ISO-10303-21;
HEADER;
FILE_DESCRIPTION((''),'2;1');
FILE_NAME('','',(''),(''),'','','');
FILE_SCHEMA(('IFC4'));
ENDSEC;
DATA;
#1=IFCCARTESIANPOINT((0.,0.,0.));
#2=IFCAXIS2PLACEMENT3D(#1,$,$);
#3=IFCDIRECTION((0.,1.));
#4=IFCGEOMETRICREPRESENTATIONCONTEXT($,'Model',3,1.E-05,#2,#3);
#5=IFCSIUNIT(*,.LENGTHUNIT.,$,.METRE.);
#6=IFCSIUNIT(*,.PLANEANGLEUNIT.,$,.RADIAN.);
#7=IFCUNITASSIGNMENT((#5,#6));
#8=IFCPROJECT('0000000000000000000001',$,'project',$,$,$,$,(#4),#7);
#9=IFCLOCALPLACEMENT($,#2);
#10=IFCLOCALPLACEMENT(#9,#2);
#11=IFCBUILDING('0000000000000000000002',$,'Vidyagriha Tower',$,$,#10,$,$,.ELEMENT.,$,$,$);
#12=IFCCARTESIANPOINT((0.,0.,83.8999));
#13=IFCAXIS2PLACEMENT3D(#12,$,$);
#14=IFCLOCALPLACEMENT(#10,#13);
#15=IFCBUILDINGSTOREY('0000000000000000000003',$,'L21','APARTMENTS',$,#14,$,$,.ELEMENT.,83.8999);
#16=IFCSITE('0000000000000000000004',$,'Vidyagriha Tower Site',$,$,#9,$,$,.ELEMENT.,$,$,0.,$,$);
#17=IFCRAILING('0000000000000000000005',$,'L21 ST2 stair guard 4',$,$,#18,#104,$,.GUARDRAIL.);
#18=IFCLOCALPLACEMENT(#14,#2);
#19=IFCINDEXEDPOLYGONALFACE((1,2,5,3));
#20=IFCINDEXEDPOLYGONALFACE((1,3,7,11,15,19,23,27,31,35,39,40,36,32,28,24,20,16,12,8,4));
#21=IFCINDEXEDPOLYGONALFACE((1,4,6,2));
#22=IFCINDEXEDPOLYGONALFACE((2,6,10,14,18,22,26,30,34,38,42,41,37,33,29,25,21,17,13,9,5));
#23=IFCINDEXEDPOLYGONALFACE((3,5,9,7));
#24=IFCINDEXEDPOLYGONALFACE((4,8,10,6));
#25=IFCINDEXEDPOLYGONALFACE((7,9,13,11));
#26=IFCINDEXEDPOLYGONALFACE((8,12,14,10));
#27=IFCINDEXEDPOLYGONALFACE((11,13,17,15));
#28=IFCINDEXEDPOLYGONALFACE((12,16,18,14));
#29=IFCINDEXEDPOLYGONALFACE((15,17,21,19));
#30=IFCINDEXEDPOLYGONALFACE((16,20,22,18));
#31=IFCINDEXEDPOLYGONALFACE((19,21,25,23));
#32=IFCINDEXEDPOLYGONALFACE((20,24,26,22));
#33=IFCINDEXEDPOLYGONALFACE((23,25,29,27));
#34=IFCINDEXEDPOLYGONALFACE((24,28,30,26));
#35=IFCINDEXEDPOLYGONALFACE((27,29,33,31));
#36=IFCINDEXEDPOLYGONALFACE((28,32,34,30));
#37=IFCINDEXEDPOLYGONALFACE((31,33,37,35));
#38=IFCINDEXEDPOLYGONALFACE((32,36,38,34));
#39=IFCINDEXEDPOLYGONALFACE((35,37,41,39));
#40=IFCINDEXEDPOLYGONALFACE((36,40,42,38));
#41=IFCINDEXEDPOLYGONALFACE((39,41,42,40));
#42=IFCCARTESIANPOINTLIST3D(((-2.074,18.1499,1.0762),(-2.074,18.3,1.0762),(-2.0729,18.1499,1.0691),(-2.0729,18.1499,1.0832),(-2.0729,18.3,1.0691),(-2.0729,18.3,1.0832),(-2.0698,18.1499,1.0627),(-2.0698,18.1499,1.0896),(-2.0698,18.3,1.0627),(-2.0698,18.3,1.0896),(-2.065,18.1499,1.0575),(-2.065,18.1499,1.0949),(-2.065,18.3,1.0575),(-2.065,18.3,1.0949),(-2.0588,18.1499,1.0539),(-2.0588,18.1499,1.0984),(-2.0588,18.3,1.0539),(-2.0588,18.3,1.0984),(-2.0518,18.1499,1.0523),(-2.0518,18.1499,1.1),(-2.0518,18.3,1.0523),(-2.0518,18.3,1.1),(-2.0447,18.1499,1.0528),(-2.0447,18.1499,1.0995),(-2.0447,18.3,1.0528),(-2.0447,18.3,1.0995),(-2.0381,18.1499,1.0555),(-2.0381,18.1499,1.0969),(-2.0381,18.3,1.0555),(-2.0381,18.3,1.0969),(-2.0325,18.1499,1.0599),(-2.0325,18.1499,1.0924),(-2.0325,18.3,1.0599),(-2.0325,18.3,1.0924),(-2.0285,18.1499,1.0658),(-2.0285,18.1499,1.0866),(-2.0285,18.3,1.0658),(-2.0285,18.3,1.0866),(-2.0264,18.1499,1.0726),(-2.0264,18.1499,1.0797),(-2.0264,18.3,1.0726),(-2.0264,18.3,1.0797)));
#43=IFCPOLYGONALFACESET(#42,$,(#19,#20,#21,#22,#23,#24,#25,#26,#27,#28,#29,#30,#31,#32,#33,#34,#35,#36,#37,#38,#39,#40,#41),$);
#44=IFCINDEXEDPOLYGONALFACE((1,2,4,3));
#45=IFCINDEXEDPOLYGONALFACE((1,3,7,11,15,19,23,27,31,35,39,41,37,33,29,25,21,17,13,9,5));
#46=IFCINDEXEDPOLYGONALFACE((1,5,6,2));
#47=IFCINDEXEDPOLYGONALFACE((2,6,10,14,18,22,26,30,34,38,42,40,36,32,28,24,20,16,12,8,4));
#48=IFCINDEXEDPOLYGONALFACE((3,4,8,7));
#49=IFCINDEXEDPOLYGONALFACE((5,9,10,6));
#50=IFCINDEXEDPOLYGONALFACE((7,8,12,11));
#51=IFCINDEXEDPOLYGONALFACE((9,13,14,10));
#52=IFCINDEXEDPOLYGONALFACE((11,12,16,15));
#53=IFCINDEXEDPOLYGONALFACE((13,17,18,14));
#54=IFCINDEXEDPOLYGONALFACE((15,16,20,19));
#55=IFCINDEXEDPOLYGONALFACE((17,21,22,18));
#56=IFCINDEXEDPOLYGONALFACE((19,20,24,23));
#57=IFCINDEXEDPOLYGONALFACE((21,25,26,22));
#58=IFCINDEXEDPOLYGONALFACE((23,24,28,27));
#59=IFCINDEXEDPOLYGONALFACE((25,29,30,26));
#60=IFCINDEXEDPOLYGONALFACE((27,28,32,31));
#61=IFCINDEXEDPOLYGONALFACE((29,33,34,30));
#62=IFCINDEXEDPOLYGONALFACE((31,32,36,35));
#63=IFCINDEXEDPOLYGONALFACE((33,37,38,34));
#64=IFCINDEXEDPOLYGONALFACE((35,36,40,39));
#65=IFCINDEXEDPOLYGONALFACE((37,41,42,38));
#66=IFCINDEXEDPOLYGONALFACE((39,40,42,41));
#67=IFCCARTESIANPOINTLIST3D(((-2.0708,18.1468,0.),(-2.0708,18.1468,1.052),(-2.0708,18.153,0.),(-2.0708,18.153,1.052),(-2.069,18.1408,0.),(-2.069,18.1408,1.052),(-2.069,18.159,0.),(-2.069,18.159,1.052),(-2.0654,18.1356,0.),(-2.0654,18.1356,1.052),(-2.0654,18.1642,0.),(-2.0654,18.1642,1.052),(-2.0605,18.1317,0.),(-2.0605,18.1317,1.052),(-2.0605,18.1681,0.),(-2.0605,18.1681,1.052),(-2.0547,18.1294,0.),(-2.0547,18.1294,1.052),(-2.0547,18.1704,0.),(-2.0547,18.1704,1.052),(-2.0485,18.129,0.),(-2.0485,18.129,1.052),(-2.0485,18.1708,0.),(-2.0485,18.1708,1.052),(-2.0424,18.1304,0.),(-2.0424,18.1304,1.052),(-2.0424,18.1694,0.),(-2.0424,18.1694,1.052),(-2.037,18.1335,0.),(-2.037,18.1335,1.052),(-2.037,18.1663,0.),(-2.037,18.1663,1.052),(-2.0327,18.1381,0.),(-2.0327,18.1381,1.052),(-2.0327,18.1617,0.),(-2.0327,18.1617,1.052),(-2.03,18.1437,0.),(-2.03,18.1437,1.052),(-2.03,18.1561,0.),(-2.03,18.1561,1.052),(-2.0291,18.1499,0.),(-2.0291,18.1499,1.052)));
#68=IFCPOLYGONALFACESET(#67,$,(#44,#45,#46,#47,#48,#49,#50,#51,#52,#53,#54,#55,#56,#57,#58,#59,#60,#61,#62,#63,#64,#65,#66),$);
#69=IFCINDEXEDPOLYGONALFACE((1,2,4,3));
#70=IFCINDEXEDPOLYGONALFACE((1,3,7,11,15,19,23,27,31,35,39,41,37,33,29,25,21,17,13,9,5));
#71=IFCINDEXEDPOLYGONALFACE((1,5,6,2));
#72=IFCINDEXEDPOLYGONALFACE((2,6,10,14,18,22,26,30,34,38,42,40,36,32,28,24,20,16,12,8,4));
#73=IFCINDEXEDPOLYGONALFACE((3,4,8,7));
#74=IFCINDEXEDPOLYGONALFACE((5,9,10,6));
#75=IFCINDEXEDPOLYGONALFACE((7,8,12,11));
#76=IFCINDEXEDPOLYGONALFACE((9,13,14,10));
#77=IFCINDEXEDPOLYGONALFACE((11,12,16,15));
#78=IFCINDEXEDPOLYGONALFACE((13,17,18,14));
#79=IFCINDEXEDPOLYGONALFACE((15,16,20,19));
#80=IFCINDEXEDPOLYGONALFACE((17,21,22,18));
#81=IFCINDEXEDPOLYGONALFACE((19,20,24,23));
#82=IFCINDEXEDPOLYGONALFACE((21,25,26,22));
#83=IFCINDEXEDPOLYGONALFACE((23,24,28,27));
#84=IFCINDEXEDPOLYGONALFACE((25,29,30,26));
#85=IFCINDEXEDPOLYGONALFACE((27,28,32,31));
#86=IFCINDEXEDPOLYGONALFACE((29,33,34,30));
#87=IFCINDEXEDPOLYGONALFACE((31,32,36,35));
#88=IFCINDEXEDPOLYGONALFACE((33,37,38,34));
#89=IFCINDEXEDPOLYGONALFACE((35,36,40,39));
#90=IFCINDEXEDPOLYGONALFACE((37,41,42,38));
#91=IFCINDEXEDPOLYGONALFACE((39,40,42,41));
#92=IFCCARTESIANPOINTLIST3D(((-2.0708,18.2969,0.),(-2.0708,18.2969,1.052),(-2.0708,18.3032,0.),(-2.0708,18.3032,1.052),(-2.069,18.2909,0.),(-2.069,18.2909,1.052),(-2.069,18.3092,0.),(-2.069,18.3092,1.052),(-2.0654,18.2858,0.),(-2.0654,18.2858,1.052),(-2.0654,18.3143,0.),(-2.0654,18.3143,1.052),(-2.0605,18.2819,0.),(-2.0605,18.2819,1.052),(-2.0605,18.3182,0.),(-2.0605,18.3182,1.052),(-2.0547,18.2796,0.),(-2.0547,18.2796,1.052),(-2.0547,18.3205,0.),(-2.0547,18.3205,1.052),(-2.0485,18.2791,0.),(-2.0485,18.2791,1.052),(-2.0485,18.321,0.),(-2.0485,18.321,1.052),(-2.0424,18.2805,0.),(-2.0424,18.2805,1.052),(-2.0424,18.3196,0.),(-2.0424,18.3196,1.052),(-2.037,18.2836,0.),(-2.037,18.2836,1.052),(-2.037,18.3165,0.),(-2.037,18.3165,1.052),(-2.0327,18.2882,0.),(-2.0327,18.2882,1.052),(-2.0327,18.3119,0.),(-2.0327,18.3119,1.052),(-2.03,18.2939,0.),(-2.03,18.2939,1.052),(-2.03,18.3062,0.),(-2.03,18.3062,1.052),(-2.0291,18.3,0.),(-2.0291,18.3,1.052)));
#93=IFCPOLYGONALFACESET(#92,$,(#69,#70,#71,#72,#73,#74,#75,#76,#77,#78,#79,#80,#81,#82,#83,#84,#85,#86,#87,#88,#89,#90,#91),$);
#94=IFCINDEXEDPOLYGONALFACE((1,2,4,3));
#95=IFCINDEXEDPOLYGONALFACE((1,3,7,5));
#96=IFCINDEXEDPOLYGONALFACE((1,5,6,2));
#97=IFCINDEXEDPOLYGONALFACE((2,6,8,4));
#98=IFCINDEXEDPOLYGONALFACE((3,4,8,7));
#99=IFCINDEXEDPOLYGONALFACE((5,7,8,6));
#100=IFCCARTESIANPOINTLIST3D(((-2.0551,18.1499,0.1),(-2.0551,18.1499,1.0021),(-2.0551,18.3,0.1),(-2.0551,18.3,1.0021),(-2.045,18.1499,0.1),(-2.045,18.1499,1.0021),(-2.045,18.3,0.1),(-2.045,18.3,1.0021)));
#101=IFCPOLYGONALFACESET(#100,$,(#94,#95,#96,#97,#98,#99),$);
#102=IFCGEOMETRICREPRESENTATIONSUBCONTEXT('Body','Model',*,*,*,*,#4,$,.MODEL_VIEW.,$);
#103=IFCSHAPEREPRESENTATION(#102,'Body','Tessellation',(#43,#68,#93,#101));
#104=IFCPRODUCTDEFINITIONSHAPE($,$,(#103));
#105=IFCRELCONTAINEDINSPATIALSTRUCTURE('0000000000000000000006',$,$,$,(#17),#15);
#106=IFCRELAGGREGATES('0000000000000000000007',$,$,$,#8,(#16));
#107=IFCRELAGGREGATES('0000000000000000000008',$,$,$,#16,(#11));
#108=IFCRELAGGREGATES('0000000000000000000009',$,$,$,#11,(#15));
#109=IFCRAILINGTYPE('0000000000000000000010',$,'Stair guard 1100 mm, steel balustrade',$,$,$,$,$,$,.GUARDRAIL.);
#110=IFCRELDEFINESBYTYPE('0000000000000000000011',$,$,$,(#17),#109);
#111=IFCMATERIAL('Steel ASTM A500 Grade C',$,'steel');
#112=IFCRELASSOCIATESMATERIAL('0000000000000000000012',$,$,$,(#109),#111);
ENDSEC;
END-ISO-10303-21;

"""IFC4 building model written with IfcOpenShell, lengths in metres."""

from ifc_helpers import new_model, si_unit, direction, frame, origin, origin_2d, place, context, subcontext, project, spatial, rectangle, circle, extrude, material, type_object, element, save


model = new_model("IFC4")

# Units and contexts
model_context = context("Model", 3, precision=1e-05, world=origin(), true_north=direction((0.0, 1.0)))
body_context = subcontext(model_context, "Body", "Model", "MODEL_VIEW")
ifc_project = project(units=[si_unit("LENGTHUNIT", "METRE"), si_unit("PLANEANGLEUNIT", "RADIAN")], contexts=[model_context])

# Site, building, storey
site_placement = place(None, origin())
site = spatial("IfcSite", under=ifc_project, at=site_placement, Name="Vidyagriha Tower Site", CompositionType="ELEMENT", RefElevation=0.0)
building_placement = place(site_placement, origin())
building = spatial("IfcBuilding", under=site, at=building_placement, Name="Vidyagriha Tower", CompositionType="ELEMENT")
storey_placement = place(building_placement, frame((0.0, 0.0, 83.8999)))
storey = spatial("IfcBuildingStorey", under=building, at=storey_placement, Name="L21", Description="APARTMENTS", CompositionType="ELEMENT", Elevation=83.8999)

# Railing
ifc_material_1 = material(Name="Steel ASTM A500 Grade C", Category="steel")
railing_type_1 = type_object("IfcRailingType", Name="Stair guard 1100 mm, steel balustrade", PredefinedType="GUARDRAIL", material=ifc_material_1)
railing_1_placement = place(storey_placement, frame((-2.05, 18.1499, 0.0)))
element("IfcRailing", 1, at=railing_1_placement, inside=storey, type_object=railing_type_1, Name="L21 ST2 stair guard 4", PredefinedType="GUARDRAIL", context=body_context, shape_type="SweptSolid", body=[
    extrude(circle(Radius=0.0239, at=origin_2d()), frame((0.0, 0.0, 1.0762), z_axis=(0.0, 1.0, 0.0), x_axis=(-1.0, 0.0, 0.0)), (0.0, 0.0, 1.0), 0.1501),
    extrude(circle(Radius=0.021, at=origin_2d()), origin(), (0.0, 0.0, 1.0), 1.052),
    extrude(circle(Radius=0.021, at=origin_2d()), frame((0.0, 0.1501, 0.0)), (0.0, 0.0, 1.0), 1.052),
    extrude(rectangle(XDim=0.01, YDim=0.9021, at=origin_2d()), frame((0.0, 0.0, 0.551), z_axis=(0.0, 1.0, 0.0), x_axis=(-1.0, 0.0, 0.0)), (0.0, 0.0, 1.0), 0.1501),
])

save(model, "model.ifc")
